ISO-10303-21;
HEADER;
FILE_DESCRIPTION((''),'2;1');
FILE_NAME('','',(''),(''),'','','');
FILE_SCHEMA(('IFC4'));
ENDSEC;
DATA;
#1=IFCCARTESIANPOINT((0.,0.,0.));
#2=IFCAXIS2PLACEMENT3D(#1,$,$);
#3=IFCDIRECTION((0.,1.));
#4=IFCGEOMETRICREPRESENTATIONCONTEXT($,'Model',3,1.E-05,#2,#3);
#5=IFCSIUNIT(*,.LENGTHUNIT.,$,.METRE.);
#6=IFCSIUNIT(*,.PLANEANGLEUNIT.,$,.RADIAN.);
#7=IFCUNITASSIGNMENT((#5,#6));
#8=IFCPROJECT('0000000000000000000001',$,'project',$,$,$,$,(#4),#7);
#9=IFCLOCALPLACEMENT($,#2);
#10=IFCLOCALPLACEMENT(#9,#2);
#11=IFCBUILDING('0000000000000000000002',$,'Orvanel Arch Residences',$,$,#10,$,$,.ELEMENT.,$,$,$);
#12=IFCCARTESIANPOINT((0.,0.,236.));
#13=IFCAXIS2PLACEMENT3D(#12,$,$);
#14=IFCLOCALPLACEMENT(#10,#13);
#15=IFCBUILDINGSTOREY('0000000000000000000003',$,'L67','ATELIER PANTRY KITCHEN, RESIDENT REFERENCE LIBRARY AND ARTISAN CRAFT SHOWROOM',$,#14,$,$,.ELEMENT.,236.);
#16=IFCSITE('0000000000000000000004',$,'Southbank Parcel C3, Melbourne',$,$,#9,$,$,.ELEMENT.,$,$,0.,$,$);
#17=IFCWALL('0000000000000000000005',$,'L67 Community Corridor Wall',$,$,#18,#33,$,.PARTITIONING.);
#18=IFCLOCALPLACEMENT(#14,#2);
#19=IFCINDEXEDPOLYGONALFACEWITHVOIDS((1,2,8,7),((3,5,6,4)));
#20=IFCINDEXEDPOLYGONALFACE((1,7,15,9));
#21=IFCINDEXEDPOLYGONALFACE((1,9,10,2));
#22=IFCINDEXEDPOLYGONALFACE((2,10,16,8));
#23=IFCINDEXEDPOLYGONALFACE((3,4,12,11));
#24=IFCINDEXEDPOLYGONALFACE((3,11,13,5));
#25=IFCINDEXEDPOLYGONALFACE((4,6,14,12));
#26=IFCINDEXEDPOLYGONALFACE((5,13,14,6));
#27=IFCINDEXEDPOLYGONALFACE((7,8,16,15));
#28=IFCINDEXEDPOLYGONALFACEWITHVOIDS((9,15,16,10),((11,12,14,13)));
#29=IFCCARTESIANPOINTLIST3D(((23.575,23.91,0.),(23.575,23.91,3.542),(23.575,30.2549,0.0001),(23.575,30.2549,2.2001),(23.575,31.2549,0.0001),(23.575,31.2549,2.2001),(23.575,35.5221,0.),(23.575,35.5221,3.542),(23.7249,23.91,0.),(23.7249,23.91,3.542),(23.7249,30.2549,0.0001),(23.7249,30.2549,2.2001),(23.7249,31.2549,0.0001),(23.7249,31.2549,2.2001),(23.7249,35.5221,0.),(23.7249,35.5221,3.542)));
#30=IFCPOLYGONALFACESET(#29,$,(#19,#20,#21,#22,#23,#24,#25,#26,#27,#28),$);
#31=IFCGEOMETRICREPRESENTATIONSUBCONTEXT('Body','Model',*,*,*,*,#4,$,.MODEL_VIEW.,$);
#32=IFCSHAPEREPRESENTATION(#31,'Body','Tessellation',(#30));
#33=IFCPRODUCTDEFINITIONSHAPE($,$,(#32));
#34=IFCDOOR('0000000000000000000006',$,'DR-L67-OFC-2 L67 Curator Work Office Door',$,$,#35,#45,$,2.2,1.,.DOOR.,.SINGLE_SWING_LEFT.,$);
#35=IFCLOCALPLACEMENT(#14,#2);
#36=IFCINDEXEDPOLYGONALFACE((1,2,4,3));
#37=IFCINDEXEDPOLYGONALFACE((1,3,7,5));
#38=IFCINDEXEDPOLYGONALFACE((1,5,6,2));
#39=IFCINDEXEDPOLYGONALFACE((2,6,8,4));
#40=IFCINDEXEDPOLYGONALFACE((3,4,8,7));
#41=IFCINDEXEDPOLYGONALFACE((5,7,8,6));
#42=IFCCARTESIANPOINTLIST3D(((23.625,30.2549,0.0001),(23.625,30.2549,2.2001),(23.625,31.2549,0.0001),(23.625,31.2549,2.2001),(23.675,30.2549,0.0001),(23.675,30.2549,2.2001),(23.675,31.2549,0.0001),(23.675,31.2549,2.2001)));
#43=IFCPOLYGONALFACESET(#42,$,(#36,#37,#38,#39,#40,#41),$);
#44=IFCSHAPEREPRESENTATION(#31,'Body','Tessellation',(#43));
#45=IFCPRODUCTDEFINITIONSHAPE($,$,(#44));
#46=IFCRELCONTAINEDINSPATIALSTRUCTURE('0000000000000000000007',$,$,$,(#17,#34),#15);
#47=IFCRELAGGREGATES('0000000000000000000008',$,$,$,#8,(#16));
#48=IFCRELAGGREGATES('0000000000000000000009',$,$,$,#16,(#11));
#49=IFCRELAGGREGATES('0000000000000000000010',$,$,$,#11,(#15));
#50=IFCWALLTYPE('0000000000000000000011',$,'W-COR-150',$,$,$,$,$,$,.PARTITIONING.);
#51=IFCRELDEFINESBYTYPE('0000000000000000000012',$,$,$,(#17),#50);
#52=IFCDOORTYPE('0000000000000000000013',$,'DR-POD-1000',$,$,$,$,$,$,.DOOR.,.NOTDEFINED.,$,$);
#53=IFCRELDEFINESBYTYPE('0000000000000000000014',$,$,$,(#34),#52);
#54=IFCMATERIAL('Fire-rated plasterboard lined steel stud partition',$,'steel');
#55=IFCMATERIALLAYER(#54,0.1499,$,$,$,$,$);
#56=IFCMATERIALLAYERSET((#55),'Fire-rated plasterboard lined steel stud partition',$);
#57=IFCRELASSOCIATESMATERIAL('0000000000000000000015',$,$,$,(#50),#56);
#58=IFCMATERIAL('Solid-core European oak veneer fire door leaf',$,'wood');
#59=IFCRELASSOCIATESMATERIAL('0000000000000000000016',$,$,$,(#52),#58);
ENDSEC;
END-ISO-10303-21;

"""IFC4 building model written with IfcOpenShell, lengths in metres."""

from ifc_helpers import new_model, si_unit, direction, frame, frame_2d, origin, place, context, subcontext, project, spatial, rectangle, extrude, material, layer, layer_set, type_object, element, fill, save


model = new_model("IFC4")

# Units and contexts
model_context = context("Model", 3, precision=1e-05, world=origin(), true_north=direction((0.0, 1.0)))
body_context = subcontext(model_context, "Body", "Model", "MODEL_VIEW")
ifc_project = project(units=[si_unit("LENGTHUNIT", "METRE"), si_unit("PLANEANGLEUNIT", "RADIAN")], contexts=[model_context])

# Site, building, storey
site_placement = place(None, origin())
site = spatial("IfcSite", under=ifc_project, at=site_placement, Name="Southbank Parcel C3, Melbourne", CompositionType="ELEMENT", RefElevation=0.0)
building_placement = place(site_placement, origin())
building = spatial("IfcBuilding", under=site, at=building_placement, Name="Orvanel Arch Residences", CompositionType="ELEMENT")
storey_placement = place(building_placement, frame((0.0, 0.0, 236.0)))
storey = spatial("IfcBuildingStorey", under=building, at=storey_placement, Name="L67", Description="ATELIER PANTRY KITCHEN, RESIDENT REFERENCE LIBRARY AND ARTISAN CRAFT SHOWROOM", CompositionType="ELEMENT", Elevation=236.0)

# Wall, opening, door
ifc_material_1 = material(Name="Fire-rated plasterboard lined steel stud partition", Category="steel")
ifc_layer_1 = layer(ifc_material_1, 0.1499)
ifc_layer_set_1 = layer_set([ifc_layer_1], Name="Fire-rated plasterboard lined steel stud partition")
wall_type_1 = type_object("IfcWallType", Name="W-COR-150", PredefinedType="PARTITIONING", material=ifc_layer_set_1)
wall_1_placement = place(storey_placement, frame((23.6499, 23.9099, 0.0), z_axis=(0.0, 0.0, 1.0), x_axis=(0.0, 1.0, 0.0)))
wall_1 = element("IfcWall", 1, at=wall_1_placement, inside=storey, type_object=wall_type_1, Name="L67 Community Corridor Wall", PredefinedType="PARTITIONING", context=body_context, shape_type="SweptSolid", body=[
    extrude(rectangle(XDim=11.6121, YDim=0.1499, at=frame_2d((5.8062, 0.0))), origin(), (0.0, 0.0, 1.0), 3.542),
])
opening_1_placement = place(wall_1_placement, frame((6.345, 0.0, 0.0)))
opening_1 = element("IfcOpeningElement", 2, at=opening_1_placement, cuts=wall_1, PredefinedType="OPENING", context=body_context, shape_type="SweptSolid", body=[
    extrude(rectangle(XDim=1.0, YDim=2.2, at=frame_2d((0.5, 1.1001))), frame((0.0, 0.085, 0.0), z_axis=(0.0, -1.0, 0.0), x_axis=(1.0, 0.0, 0.0)), (0.0, 0.0, 1.0), 0.1699),
])
ifc_material_2 = material(Name="Solid-core European oak veneer fire door leaf", Category="wood")
door_type_1 = type_object("IfcDoorType", Name="DR-POD-1000", OperationType="NOTDEFINED", PredefinedType="DOOR", material=ifc_material_2)
door_1_placement = place(opening_1_placement, origin())
door_1 = element("IfcDoor", 3, at=door_1_placement, inside=storey, type_object=door_type_1, Name="DR-L67-OFC-2 L67 Curator Work Office Door", OperationType="SINGLE_SWING_LEFT", OverallHeight=2.2, OverallWidth=1.0, PredefinedType="DOOR", context=body_context, shape_type="SweptSolid", body=[
    extrude(rectangle(XDim=1.0, YDim=2.2, at=frame_2d((0.5, 1.1001))), frame((0.0, 0.0249, 0.0), z_axis=(0.0, -1.0, 0.0), x_axis=(1.0, 0.0, 0.0)), (0.0, 0.0, 1.0), 0.05),
])
fill(opening_1, door_1)

save(model, "model.ifc")
